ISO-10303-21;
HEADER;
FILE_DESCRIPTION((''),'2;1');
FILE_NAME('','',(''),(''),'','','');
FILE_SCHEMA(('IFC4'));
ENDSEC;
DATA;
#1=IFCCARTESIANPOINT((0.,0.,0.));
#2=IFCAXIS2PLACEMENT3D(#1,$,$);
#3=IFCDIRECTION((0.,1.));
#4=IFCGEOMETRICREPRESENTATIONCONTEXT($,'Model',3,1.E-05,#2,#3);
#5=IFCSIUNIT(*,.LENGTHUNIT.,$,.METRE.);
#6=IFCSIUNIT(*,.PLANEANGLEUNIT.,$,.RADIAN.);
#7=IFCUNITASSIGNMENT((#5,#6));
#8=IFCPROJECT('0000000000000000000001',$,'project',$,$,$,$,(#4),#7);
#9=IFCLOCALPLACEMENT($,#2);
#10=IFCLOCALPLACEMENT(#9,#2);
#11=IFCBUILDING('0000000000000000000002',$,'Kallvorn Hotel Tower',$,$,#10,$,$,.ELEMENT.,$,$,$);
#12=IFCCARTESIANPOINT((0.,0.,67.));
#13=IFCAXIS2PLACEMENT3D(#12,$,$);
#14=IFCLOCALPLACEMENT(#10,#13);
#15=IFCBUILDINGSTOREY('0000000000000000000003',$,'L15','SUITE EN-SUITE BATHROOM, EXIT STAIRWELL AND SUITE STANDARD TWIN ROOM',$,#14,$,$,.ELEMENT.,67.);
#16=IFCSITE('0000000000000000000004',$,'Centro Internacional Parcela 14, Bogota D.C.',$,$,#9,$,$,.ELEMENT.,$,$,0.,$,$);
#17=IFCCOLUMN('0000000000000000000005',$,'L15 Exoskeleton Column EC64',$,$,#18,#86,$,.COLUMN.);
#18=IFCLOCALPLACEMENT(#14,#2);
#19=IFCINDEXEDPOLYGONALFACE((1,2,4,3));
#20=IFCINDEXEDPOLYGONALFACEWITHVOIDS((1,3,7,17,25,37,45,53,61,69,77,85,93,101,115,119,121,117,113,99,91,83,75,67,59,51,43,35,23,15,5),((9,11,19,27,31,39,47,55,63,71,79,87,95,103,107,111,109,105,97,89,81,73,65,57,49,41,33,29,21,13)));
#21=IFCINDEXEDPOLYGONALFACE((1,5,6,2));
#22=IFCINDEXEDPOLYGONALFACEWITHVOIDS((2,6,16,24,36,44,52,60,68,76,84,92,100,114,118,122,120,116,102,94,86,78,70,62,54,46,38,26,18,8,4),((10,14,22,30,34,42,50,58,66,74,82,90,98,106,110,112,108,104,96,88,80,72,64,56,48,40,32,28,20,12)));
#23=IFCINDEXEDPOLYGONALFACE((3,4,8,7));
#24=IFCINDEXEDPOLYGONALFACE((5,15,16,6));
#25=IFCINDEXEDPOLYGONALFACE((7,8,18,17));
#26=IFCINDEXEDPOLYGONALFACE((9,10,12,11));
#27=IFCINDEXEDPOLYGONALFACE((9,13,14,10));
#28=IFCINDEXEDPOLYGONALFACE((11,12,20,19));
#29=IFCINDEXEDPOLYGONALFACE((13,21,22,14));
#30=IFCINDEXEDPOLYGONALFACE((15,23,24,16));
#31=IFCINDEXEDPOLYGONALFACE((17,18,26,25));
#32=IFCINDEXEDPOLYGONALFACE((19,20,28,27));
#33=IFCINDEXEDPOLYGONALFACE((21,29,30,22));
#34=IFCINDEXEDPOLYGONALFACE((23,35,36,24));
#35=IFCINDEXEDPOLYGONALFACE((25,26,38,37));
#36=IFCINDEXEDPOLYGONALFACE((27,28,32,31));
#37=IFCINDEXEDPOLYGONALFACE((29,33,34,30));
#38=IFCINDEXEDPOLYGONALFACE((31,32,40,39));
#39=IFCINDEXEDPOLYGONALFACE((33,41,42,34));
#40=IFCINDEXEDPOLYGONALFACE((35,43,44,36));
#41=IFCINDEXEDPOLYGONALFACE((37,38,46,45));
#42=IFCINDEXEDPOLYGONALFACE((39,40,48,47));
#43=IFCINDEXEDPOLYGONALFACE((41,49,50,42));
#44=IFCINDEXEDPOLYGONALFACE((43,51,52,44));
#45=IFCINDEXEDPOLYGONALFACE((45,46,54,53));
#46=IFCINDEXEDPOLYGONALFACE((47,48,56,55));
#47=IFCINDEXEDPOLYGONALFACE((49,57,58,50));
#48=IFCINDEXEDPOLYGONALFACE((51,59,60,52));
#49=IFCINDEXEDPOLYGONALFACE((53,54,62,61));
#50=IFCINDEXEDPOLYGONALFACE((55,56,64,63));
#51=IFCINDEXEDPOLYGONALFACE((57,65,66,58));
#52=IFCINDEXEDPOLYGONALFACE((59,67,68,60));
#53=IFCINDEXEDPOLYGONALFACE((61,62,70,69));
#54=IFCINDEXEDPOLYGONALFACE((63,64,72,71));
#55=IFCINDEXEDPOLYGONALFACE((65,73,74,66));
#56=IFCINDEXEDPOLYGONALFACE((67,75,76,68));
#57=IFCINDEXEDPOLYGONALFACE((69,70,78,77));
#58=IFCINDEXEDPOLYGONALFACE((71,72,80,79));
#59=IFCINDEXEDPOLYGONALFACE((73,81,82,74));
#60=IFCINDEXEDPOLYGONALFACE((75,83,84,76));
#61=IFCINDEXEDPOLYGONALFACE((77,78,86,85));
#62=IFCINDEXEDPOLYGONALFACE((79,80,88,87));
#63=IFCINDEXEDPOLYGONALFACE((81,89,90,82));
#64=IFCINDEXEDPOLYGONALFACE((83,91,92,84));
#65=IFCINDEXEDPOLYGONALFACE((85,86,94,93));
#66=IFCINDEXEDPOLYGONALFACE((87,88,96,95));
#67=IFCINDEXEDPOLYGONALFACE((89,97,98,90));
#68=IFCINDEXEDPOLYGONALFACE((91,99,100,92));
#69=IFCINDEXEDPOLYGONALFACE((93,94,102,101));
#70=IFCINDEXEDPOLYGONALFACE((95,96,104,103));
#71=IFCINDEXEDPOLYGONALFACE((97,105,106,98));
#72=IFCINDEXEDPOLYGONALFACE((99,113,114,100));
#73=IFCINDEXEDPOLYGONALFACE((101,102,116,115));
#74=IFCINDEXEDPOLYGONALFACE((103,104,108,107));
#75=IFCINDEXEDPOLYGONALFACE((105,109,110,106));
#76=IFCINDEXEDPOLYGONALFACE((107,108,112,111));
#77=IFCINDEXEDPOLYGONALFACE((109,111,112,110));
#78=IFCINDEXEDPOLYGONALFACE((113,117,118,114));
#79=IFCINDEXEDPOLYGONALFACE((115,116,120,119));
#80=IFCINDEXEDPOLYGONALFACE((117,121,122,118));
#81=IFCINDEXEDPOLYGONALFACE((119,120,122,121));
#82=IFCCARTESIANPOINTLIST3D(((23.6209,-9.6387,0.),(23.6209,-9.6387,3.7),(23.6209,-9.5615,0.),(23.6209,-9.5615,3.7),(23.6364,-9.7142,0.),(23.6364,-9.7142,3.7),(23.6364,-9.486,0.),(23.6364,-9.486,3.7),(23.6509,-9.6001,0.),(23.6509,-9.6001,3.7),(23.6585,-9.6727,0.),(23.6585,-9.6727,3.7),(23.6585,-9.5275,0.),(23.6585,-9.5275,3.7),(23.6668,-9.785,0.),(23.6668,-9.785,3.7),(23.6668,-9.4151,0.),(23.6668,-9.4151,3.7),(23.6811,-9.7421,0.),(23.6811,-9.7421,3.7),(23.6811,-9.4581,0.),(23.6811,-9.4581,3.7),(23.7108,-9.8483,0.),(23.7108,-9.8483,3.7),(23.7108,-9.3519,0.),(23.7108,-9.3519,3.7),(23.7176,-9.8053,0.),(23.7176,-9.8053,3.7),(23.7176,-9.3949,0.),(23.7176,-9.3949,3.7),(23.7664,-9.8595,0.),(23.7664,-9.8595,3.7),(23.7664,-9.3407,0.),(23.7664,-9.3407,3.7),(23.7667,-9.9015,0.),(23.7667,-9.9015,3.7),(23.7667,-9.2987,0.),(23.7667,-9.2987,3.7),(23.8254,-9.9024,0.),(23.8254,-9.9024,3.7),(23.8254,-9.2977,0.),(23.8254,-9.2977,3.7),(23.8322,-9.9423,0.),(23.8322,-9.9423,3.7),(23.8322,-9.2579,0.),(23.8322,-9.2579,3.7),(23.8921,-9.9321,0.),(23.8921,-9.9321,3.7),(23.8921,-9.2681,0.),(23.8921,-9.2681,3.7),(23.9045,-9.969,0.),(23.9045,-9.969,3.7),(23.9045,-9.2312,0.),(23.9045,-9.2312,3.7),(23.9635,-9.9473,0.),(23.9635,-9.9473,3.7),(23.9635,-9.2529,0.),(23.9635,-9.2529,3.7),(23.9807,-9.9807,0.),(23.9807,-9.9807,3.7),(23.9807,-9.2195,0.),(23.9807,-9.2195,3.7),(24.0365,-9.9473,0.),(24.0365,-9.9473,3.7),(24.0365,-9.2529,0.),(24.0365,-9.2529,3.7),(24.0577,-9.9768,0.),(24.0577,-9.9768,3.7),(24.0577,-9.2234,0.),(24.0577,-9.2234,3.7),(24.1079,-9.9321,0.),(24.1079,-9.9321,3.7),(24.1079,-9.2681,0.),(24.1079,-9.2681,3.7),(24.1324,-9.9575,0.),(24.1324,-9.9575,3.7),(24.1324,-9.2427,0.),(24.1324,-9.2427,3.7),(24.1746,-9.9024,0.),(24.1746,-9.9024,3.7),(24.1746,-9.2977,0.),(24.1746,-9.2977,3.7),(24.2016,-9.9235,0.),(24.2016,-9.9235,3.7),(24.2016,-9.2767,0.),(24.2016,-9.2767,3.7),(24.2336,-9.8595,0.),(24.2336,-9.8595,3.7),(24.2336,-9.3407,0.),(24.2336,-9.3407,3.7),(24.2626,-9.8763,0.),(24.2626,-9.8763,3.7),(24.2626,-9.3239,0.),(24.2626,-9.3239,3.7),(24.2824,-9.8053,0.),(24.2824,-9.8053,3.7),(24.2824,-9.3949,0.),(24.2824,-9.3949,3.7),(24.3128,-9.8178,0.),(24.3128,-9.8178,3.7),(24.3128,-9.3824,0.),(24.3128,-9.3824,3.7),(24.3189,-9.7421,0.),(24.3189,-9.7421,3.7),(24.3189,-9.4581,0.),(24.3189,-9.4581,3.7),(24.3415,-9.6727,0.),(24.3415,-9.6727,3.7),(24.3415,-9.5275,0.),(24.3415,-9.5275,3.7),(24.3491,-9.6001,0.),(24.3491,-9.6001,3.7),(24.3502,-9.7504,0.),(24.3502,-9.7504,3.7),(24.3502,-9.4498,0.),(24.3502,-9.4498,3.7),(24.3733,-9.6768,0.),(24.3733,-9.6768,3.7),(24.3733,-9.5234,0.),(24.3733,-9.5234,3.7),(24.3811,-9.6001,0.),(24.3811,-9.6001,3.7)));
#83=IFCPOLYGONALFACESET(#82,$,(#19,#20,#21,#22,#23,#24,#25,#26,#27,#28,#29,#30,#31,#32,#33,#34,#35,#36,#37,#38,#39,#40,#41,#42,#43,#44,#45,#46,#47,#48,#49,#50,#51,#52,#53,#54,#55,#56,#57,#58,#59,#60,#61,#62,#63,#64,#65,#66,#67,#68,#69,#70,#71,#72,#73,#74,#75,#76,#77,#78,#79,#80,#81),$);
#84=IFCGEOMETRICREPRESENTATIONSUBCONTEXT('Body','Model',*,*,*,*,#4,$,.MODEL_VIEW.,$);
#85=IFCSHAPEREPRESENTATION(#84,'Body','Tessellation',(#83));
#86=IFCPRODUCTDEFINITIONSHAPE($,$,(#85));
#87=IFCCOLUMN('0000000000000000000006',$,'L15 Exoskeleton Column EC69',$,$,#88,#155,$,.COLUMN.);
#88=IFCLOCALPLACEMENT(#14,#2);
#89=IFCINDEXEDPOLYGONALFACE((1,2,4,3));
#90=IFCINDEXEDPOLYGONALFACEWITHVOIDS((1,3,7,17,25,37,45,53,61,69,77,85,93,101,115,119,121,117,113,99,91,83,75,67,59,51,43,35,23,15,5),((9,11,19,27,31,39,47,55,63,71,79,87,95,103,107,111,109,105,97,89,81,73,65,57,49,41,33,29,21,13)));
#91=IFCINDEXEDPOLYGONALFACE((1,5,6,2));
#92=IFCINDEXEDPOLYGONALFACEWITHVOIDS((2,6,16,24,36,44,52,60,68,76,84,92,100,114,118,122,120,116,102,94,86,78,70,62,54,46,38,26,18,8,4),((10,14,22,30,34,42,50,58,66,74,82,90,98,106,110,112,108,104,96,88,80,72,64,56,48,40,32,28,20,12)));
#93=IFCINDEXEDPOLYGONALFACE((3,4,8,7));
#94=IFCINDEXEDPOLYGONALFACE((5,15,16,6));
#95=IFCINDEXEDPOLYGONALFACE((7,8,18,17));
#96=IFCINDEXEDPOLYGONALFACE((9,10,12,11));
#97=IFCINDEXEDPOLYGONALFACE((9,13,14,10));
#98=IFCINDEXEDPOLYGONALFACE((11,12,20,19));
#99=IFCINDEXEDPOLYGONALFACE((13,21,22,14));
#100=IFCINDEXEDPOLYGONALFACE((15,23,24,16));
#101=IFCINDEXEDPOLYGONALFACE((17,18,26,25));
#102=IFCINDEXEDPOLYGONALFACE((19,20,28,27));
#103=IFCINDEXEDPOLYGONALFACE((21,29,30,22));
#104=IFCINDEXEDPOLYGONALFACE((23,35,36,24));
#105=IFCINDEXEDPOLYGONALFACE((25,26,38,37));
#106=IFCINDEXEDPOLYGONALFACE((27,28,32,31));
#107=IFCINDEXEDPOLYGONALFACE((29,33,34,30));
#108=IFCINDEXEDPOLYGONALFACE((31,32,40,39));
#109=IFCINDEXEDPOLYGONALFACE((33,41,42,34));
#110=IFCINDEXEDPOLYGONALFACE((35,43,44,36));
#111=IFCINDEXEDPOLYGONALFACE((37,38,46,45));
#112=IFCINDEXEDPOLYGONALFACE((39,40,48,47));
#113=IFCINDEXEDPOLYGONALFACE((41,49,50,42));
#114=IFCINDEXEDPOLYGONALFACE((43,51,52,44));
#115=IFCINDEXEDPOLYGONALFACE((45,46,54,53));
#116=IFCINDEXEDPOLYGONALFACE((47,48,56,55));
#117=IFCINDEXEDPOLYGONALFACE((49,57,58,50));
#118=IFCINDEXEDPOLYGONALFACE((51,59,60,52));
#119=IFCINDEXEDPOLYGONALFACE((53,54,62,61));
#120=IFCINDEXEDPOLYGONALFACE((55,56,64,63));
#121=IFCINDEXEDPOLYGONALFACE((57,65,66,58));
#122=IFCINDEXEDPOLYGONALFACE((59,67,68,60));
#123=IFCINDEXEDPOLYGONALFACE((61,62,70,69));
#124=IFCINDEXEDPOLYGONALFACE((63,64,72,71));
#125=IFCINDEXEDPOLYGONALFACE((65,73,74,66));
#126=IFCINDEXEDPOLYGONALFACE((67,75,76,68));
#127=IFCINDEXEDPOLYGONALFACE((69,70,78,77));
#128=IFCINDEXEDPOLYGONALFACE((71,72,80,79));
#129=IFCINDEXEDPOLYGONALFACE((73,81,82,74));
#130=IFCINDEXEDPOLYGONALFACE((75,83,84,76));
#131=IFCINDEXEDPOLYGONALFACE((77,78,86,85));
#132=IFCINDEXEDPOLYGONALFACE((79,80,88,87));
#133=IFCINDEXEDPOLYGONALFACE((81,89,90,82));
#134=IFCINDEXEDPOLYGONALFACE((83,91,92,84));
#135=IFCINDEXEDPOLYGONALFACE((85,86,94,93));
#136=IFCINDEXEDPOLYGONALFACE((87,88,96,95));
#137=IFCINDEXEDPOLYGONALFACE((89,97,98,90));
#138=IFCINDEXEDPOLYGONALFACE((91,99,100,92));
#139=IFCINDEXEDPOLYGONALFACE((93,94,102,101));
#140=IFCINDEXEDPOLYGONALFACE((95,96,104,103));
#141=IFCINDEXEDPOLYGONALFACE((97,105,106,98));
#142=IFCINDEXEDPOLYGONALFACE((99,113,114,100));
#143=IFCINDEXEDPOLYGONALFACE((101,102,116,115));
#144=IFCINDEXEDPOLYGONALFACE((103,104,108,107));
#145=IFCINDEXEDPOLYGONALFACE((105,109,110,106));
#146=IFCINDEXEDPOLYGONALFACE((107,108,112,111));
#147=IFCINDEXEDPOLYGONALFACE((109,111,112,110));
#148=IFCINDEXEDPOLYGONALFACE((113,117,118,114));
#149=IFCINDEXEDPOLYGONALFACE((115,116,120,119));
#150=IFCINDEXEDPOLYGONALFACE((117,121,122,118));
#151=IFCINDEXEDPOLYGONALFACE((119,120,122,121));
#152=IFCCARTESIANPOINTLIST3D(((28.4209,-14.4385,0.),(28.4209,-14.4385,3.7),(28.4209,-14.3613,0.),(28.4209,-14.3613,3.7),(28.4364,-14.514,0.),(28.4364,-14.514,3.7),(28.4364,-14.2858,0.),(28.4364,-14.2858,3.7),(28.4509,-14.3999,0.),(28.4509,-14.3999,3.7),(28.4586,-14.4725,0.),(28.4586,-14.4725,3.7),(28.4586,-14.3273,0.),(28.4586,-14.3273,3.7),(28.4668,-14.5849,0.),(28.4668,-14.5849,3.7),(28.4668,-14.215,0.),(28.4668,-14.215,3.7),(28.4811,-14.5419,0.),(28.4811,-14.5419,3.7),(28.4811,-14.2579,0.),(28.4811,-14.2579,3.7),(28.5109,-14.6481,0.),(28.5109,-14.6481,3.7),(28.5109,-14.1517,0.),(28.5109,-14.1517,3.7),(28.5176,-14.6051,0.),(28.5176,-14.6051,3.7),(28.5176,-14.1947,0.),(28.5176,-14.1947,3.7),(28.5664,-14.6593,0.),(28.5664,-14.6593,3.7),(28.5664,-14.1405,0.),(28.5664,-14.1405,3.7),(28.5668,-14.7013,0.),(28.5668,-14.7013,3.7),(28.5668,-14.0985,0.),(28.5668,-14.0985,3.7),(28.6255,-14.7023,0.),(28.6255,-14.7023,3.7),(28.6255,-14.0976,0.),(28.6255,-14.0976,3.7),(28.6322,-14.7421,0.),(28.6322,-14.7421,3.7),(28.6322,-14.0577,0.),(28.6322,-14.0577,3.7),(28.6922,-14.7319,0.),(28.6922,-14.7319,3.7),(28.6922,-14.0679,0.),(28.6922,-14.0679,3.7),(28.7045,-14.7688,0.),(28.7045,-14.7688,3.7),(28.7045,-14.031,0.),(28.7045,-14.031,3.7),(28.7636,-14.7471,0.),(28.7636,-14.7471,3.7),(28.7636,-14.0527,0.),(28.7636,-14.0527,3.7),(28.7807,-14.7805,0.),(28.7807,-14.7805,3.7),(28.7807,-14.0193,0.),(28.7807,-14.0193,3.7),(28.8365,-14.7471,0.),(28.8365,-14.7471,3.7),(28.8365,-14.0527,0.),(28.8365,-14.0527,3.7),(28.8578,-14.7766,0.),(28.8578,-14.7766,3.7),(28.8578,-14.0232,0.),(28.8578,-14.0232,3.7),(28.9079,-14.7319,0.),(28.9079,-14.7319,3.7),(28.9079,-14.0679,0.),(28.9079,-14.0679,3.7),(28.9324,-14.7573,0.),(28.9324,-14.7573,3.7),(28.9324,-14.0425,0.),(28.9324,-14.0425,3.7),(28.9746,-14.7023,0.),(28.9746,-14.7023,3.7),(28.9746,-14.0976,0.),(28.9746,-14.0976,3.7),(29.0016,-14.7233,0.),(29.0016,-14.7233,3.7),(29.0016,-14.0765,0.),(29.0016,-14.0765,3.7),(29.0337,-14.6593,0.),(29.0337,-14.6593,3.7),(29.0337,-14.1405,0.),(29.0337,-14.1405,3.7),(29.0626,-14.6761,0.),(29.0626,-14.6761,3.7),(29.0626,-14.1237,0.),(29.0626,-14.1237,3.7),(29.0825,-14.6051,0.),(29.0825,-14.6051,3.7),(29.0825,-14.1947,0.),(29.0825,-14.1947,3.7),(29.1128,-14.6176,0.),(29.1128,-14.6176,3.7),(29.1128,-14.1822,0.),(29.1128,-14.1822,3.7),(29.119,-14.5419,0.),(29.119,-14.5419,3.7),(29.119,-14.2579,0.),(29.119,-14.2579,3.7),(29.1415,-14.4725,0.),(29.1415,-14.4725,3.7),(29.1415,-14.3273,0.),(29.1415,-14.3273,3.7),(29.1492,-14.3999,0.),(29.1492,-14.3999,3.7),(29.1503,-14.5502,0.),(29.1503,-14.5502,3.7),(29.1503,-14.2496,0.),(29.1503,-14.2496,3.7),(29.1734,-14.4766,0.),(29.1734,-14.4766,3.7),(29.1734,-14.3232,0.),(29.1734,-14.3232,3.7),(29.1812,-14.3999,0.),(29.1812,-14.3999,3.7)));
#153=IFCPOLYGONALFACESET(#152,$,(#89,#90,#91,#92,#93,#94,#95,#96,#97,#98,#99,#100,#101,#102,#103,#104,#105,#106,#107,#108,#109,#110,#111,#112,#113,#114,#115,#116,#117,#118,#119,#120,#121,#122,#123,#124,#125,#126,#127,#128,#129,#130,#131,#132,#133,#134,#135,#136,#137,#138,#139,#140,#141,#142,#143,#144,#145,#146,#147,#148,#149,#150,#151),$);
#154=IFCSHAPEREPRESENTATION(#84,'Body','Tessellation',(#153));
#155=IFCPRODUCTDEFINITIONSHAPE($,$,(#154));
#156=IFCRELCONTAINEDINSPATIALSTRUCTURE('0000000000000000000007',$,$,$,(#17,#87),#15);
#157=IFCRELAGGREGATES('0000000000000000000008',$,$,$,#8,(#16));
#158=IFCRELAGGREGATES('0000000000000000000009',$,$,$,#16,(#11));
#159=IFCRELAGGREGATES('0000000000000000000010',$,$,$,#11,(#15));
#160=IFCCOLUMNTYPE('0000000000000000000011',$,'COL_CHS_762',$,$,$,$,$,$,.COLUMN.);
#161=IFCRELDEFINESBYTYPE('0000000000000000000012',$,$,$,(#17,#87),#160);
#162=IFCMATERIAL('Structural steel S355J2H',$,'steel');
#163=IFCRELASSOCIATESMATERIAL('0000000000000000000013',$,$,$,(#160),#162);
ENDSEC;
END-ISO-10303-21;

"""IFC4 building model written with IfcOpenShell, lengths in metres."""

from ifc_helpers import new_model, si_unit, direction, frame, origin, origin_2d, place, context, subcontext, project, spatial, hollow_circle, extrude, material, material_profile, profile_set, type_object, element, save


model = new_model("IFC4")

# Units and contexts
model_context = context("Model", 3, precision=1e-05, world=origin(), true_north=direction((0.0, 1.0)))
body_context = subcontext(model_context, "Body", "Model", "MODEL_VIEW")
ifc_project = project(units=[si_unit("LENGTHUNIT", "METRE"), si_unit("PLANEANGLEUNIT", "RADIAN")], contexts=[model_context])

# Site, building, storey
site_placement = place(None, origin())
site = spatial("IfcSite", under=ifc_project, at=site_placement, Name="Centro Internacional Parcela 14, Bogota D.C.", CompositionType="ELEMENT", RefElevation=0.0)
building_placement = place(site_placement, origin())
building = spatial("IfcBuilding", under=site, at=building_placement, Name="Kallvorn Hotel Tower", CompositionType="ELEMENT")
storey_placement = place(building_placement, frame((0.0, 0.0, 67.0)))
storey = spatial("IfcBuildingStorey", under=building, at=storey_placement, Name="L15", Description="SUITE EN-SUITE BATHROOM, EXIT STAIRWELL AND SUITE STANDARD TWIN ROOM", CompositionType="ELEMENT", Elevation=67.0)

# Columns
ifc_material_1 = material(Name="Structural steel S355J2H", Category="steel")
ifc_material_profile_1 = material_profile(ifc_material_1, hollow_circle(Radius=0.3811, WallThickness=0.032, at=origin_2d()), Name="CHS 762x32")
ifc_profile_set_1 = profile_set([ifc_material_profile_1], Name="Structural steel S355J2H")
column_type_1 = type_object("IfcColumnType", Name="COL_CHS_762", PredefinedType="COLUMN", material=ifc_profile_set_1)
for number, where, z_axis, x_axis, name in (
    (1, (24.0, -9.6001, 0.0), (0.0, 0.0, 1.0), (1.0, 0.0, 0.0), "L15 Exoskeleton Column EC64"),
    (2, (28.8, -14.3999, 0.0), (0.0, 0.0, 1.0), (1.0, 0.0, 0.0), "L15 Exoskeleton Column EC69"),
):
    element("IfcColumn", number, at=place(storey_placement, frame(where, z_axis=z_axis, x_axis=x_axis)), inside=storey, type_object=column_type_1, Name=name, PredefinedType="COLUMN", context=body_context, shape_type="SweptSolid", body=[
        extrude(hollow_circle(Radius=0.3811, WallThickness=0.032, at=origin_2d()), origin(), (0.0, 0.0, 1.0), 3.7),
    ])

save(model, "model.ifc")
